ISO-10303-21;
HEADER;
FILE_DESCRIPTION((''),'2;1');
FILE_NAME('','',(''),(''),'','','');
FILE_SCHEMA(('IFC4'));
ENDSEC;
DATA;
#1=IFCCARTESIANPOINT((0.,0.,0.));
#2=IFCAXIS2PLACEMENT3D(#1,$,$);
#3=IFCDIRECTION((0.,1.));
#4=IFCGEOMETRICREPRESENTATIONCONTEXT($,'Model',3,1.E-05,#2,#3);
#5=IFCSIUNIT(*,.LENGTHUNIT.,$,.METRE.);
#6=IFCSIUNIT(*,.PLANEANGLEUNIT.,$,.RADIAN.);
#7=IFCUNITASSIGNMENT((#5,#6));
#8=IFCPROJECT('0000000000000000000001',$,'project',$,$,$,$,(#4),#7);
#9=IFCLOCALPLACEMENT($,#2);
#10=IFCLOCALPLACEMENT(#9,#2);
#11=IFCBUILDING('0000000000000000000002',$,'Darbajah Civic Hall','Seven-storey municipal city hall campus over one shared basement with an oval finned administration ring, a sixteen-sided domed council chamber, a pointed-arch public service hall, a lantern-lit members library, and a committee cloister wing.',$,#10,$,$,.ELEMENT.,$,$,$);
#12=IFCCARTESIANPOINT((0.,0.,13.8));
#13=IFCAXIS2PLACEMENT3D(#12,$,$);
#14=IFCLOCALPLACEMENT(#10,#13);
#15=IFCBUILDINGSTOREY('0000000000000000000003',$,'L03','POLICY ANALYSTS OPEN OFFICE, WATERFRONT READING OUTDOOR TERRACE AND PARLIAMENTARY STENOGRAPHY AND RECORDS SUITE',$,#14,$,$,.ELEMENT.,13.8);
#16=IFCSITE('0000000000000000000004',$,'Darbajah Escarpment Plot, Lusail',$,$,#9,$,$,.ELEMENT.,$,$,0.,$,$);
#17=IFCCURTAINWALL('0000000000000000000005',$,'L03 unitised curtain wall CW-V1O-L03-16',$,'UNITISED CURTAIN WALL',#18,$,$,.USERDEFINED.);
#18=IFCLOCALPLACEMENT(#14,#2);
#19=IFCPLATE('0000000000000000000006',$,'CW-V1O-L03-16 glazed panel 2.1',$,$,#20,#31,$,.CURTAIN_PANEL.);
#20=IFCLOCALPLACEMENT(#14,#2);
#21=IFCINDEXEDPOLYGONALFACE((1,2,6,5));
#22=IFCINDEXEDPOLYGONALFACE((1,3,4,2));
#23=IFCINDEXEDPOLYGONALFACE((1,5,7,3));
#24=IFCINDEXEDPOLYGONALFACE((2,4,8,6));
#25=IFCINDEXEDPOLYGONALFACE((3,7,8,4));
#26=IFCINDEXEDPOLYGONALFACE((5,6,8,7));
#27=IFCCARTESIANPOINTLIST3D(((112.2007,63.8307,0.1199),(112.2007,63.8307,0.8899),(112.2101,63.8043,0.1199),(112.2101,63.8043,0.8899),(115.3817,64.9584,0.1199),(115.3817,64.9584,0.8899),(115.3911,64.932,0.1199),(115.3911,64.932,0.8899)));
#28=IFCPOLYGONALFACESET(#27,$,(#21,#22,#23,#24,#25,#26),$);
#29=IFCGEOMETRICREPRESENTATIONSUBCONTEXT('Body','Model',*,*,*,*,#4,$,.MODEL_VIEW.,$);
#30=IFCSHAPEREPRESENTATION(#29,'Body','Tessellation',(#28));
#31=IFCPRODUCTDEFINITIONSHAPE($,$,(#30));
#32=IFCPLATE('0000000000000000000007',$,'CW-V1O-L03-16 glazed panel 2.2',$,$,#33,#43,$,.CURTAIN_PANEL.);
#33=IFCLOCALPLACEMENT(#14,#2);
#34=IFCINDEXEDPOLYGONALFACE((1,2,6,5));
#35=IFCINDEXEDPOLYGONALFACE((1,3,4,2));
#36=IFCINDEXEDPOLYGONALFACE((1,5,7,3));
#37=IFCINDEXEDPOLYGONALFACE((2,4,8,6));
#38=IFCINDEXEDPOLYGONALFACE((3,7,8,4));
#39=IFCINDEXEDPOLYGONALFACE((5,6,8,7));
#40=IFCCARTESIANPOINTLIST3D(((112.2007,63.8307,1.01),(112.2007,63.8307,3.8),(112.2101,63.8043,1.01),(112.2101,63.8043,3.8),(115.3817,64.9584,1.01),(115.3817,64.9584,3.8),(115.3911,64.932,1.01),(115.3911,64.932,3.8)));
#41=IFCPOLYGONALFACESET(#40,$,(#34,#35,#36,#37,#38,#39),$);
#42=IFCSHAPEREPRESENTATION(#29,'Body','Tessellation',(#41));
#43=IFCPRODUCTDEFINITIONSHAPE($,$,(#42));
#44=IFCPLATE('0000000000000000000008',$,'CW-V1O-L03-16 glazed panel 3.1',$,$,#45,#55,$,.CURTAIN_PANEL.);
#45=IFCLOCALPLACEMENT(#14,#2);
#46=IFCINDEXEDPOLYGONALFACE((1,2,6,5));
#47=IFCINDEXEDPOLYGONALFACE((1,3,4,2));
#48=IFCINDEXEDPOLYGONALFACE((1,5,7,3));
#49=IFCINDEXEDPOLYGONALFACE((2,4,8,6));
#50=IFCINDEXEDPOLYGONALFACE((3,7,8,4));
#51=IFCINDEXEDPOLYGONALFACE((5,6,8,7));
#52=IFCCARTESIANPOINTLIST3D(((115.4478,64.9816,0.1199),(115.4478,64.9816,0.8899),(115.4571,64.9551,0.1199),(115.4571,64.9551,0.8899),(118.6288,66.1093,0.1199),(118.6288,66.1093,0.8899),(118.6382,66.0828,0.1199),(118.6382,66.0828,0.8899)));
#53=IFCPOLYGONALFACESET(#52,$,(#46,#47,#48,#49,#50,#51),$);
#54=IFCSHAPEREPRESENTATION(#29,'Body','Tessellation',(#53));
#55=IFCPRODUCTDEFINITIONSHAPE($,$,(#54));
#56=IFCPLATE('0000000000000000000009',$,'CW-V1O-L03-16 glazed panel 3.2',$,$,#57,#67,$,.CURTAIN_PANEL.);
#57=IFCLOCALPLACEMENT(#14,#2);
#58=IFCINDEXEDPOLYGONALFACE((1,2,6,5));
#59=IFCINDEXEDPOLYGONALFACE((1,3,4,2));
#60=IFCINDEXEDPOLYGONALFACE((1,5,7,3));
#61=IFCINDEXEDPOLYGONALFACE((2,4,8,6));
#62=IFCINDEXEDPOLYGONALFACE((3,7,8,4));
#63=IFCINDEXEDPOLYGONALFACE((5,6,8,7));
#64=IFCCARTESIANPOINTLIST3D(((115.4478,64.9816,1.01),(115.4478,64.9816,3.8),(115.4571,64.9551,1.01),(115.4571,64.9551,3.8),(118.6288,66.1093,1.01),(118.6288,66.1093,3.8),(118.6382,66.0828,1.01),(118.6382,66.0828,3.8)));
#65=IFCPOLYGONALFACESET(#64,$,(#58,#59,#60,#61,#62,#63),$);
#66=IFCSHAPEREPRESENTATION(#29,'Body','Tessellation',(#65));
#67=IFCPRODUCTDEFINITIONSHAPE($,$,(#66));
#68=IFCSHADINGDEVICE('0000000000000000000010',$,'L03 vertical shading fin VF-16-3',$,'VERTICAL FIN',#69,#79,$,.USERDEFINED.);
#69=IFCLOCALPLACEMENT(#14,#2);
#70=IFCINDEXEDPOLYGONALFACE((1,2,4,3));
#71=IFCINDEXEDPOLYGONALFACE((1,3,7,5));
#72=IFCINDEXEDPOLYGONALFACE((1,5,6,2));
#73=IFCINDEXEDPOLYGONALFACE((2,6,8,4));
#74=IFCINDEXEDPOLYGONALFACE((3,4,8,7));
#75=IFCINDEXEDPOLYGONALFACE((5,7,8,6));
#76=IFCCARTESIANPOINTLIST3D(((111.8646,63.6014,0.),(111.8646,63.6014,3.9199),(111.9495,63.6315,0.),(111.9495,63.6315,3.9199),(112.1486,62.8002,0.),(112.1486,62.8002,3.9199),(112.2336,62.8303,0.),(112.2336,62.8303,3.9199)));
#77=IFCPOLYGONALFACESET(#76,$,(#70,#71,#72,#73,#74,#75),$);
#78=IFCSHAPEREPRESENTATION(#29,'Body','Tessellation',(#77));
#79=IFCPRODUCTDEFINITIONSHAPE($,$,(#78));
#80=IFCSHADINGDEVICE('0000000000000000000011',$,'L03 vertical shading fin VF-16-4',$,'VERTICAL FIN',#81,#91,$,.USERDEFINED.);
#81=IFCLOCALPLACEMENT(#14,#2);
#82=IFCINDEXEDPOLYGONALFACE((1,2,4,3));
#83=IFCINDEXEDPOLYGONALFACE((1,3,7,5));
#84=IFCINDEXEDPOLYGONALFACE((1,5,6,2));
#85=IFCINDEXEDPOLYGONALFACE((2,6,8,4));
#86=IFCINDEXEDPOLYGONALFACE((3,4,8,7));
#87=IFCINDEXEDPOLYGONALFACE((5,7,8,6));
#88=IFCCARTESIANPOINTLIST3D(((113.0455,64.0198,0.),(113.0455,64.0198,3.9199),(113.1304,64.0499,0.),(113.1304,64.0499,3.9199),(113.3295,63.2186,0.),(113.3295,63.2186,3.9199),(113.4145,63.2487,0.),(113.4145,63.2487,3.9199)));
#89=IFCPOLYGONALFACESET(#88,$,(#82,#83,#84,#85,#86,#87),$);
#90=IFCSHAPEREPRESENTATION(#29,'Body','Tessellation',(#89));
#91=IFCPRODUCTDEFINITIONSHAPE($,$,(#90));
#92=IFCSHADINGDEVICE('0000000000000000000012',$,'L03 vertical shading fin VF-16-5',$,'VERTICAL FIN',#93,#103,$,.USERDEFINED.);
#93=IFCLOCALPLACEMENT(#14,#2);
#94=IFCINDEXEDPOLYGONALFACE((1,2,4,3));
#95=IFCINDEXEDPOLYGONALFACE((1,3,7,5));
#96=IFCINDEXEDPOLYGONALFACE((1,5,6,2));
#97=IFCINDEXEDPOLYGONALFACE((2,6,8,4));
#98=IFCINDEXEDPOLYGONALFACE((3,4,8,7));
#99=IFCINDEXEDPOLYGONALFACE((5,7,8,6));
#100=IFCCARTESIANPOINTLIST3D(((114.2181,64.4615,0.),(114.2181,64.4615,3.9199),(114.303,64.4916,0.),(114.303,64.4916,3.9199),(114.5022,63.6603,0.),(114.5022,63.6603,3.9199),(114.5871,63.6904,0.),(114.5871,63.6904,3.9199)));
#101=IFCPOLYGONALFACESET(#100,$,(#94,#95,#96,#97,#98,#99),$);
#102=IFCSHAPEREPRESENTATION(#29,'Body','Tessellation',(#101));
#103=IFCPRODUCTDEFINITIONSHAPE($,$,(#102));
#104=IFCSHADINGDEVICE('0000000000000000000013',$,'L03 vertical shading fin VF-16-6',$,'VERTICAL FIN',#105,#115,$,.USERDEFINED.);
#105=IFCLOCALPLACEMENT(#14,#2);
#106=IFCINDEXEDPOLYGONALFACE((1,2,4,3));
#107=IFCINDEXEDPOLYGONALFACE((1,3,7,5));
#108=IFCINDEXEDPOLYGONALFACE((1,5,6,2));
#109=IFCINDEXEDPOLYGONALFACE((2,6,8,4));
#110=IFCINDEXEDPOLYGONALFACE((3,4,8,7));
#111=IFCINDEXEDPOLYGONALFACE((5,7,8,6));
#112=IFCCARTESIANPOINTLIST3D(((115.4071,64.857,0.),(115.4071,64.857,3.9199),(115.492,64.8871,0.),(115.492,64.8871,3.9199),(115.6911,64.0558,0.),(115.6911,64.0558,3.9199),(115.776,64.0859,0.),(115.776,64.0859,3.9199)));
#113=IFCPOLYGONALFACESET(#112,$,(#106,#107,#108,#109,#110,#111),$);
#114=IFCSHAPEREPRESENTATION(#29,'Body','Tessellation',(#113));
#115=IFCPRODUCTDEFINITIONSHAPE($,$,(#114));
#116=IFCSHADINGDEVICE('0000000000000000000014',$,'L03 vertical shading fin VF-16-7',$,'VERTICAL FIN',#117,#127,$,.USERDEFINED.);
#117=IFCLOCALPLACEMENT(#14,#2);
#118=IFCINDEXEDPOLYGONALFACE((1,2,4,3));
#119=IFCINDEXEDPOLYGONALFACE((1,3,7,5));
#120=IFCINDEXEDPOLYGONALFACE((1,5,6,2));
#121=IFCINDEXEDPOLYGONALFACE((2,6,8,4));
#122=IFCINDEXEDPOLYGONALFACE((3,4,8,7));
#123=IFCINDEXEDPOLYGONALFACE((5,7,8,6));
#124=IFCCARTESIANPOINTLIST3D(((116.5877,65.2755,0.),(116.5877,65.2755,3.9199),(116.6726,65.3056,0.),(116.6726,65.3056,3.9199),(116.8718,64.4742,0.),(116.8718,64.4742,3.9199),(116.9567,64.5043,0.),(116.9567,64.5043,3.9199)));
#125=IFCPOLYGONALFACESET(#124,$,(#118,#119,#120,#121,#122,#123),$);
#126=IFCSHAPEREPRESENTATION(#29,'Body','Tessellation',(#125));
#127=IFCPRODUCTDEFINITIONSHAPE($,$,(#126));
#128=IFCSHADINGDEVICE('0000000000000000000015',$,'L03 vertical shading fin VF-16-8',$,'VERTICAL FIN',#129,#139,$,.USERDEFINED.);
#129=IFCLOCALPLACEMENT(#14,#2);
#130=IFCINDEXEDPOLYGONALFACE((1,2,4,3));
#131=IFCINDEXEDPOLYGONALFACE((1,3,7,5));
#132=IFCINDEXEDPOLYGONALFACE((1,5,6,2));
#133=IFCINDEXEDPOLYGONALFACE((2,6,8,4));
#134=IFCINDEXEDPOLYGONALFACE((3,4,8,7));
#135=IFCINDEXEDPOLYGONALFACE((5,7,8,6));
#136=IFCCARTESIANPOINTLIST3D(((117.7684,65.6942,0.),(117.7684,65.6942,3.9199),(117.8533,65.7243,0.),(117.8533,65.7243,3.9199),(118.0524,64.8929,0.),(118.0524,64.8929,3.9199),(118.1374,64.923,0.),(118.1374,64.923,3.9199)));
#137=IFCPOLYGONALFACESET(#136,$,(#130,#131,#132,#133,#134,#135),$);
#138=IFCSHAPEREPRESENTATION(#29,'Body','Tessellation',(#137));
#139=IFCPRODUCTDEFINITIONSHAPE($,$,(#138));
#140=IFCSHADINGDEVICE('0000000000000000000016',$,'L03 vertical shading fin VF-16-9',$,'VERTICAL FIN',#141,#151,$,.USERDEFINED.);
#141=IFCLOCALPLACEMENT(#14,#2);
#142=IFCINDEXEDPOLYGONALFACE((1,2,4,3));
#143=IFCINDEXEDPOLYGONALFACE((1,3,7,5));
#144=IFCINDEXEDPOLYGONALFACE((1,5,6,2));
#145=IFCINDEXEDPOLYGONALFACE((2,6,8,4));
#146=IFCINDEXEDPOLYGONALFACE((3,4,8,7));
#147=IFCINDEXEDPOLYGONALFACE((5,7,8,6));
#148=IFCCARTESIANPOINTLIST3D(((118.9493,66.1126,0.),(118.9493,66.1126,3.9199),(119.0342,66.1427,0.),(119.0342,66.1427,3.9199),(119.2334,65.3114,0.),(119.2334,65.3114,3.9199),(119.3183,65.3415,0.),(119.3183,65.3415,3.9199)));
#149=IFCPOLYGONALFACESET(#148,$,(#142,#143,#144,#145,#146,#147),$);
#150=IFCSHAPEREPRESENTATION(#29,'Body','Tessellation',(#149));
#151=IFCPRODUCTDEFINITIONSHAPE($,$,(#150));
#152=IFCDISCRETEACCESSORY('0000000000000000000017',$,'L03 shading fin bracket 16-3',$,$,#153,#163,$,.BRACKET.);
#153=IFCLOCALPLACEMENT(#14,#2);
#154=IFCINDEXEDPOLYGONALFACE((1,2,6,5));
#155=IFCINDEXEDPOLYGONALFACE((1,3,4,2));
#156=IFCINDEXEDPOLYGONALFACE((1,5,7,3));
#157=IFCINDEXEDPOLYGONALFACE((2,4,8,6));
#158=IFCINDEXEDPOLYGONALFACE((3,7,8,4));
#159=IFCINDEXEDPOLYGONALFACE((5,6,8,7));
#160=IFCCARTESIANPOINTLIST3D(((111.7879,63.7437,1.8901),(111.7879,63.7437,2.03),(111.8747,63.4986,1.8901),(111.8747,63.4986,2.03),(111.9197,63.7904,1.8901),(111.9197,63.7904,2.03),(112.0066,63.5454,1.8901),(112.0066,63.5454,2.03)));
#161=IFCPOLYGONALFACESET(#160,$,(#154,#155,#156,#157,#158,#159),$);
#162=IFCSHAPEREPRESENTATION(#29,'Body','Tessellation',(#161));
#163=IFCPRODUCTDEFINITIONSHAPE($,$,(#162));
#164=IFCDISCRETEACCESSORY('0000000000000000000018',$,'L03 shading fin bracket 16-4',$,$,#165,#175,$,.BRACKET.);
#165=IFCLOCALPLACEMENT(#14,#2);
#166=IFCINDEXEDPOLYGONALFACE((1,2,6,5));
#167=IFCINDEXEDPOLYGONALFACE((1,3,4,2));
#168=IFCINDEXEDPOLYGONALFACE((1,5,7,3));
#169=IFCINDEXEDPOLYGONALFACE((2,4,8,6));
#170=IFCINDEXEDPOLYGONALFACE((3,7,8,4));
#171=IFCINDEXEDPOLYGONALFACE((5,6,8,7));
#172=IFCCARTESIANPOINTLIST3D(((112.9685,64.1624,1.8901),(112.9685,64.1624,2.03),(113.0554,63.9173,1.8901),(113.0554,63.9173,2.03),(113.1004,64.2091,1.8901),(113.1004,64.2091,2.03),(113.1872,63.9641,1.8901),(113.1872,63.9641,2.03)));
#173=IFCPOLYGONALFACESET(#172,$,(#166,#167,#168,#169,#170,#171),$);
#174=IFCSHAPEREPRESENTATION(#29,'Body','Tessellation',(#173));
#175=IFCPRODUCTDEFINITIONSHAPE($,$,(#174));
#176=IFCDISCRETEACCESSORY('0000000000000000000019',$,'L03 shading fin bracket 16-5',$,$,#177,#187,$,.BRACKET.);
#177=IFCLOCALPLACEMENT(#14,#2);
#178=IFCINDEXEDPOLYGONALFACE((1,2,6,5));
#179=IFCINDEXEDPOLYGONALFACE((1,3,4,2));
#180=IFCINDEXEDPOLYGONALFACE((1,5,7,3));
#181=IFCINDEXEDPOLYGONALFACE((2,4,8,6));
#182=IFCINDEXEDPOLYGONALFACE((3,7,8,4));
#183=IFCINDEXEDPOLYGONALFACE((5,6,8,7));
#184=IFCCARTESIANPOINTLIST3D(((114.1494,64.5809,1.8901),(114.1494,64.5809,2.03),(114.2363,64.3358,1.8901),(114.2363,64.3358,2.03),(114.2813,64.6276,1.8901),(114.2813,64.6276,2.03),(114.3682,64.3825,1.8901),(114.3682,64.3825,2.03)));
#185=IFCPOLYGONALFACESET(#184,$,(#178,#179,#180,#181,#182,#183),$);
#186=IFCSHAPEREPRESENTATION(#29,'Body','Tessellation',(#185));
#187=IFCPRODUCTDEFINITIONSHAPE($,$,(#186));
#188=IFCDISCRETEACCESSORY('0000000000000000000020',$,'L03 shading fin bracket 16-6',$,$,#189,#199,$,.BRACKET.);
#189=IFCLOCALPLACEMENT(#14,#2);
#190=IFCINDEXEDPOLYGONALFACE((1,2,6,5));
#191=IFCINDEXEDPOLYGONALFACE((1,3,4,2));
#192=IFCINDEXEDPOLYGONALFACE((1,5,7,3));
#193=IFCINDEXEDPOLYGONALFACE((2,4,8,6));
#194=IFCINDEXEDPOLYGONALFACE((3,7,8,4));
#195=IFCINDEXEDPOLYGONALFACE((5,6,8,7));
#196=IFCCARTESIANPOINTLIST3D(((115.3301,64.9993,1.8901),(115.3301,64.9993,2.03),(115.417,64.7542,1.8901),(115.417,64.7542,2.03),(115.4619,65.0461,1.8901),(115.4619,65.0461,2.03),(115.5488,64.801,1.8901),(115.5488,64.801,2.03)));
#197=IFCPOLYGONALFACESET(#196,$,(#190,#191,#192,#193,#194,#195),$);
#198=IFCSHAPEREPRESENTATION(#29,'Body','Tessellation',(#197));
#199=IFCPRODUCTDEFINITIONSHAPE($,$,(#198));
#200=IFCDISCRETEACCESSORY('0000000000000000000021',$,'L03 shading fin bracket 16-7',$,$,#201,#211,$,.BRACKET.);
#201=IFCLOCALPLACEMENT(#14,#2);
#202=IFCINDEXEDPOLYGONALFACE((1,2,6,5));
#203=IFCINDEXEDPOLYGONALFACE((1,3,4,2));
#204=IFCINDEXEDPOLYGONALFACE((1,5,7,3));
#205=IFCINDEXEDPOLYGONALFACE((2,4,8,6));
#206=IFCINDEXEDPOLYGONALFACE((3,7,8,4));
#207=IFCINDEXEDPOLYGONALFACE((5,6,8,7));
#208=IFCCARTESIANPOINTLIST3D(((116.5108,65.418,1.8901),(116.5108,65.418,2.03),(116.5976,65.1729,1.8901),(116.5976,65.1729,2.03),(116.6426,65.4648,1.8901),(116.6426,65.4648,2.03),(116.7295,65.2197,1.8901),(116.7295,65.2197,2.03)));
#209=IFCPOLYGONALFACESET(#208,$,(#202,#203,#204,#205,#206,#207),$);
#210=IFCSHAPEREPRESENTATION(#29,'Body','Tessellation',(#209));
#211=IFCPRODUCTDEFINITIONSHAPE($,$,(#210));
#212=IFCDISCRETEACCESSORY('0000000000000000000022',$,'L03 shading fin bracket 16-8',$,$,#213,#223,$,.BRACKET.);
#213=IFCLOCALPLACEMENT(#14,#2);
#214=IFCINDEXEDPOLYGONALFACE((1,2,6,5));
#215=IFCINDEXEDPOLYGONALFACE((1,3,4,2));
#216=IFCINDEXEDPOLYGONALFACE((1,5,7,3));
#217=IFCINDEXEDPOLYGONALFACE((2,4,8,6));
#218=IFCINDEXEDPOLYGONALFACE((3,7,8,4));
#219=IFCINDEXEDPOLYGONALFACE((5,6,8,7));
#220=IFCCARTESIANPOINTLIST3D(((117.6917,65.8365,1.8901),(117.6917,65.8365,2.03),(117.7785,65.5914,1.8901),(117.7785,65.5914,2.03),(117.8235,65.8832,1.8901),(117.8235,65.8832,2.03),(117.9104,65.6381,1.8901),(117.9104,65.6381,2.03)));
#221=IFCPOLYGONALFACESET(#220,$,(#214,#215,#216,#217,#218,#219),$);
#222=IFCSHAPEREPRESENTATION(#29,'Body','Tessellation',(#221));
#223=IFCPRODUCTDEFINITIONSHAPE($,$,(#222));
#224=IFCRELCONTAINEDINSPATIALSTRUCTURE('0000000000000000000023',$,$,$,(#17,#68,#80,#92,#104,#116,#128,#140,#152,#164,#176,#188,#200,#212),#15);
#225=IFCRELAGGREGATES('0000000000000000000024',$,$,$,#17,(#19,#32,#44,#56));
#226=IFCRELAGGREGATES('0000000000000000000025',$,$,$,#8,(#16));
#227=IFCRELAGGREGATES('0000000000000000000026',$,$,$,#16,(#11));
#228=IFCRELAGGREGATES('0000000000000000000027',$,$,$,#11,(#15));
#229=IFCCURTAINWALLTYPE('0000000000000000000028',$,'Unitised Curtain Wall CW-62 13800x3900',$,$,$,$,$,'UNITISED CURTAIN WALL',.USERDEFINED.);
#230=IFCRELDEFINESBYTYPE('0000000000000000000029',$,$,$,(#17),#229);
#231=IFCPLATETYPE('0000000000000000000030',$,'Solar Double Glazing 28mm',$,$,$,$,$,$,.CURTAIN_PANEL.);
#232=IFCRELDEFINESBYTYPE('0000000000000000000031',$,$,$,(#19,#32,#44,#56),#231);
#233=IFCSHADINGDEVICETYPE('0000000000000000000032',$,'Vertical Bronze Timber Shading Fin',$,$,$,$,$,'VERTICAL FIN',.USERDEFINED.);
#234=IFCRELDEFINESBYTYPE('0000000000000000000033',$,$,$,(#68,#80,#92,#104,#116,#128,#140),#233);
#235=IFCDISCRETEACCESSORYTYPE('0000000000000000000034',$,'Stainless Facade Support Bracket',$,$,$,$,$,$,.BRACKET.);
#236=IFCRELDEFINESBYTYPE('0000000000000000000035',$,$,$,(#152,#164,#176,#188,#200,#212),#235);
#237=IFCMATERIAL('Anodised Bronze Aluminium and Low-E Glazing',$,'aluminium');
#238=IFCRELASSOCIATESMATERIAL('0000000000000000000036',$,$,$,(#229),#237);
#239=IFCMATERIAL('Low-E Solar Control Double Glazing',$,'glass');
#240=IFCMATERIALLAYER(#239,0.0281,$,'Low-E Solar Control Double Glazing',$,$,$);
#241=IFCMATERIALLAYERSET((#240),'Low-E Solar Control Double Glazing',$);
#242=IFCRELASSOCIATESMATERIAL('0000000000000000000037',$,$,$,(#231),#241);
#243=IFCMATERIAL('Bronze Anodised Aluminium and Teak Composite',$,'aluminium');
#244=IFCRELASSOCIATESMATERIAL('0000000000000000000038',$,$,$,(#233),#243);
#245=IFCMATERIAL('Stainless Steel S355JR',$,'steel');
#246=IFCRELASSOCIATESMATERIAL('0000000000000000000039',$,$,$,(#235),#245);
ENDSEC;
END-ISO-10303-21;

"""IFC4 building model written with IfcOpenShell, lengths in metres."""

from ifc_helpers import new_model, si_unit, direction, frame, origin, origin_2d, place, context, subcontext, project, spatial, rectangle, extrude, material, layer, layer_set, type_object, element, aggregate, save


model = new_model("IFC4")

# Units and contexts
model_context = context("Model", 3, precision=1e-05, world=origin(), true_north=direction((0.0, 1.0)))
body_context = subcontext(model_context, "Body", "Model", "MODEL_VIEW")
ifc_project = project(units=[si_unit("LENGTHUNIT", "METRE"), si_unit("PLANEANGLEUNIT", "RADIAN")], contexts=[model_context])

# Site, building, storey
site_placement = place(None, origin())
site = spatial("IfcSite", under=ifc_project, at=site_placement, Name="Darbajah Escarpment Plot, Lusail", CompositionType="ELEMENT", RefElevation=0.0)
building_placement = place(site_placement, origin())
building = spatial("IfcBuilding", under=site, at=building_placement, Name="Darbajah Civic Hall", Description="Seven-storey municipal city hall campus over one shared basement with an oval finned administration ring, a sixteen-sided domed council chamber, a pointed-arch public service hall, a lantern-lit members library, and a committee cloister wing.", CompositionType="ELEMENT")
storey_placement = place(building_placement, frame((0.0, 0.0, 13.8)))
storey = spatial("IfcBuildingStorey", under=building, at=storey_placement, Name="L03", Description="POLICY ANALYSTS OPEN OFFICE, WATERFRONT READING OUTDOOR TERRACE AND PARLIAMENTARY STENOGRAPHY AND RECORDS SUITE", CompositionType="ELEMENT", Elevation=13.8)

# Curtain wall, plates
ifc_material_1 = material(Name="Anodised Bronze Aluminium and Low-E Glazing", Category="aluminium")
curtain_wall_type = type_object("IfcCurtainWallType", Name="Unitised Curtain Wall CW-62 13800x3900", ElementType="UNITISED CURTAIN WALL", PredefinedType="USERDEFINED", material=ifc_material_1)
curtain_wall_placement = place(storey_placement, origin())
curtain_wall = element("IfcCurtainWall", 1, at=curtain_wall_placement, inside=storey, type_object=curtain_wall_type, Name="L03 unitised curtain wall CW-V1O-L03-16", ObjectType="UNITISED CURTAIN WALL", PredefinedType="USERDEFINED")
ifc_material_2 = material(Name="Low-E Solar Control Double Glazing", Category="glass")
ifc_layer = layer(ifc_material_2, 0.0281, Name="Low-E Solar Control Double Glazing")
ifc_layer_set = layer_set([ifc_layer], Name="Low-E Solar Control Double Glazing")
plate_type = type_object("IfcPlateType", Name="Solar Double Glazing 28mm", PredefinedType="CURTAIN_PANEL", material=ifc_layer_set)
plate_1_placement = place(storey_placement, frame((113.7959, 64.3813, 0.1199), z_axis=(0.0, 0.0, 1.0), x_axis=(0.942525, 0.334136, 0.0)))
plate_1 = element("IfcPlate", 2, at=plate_1_placement, type_object=plate_type, Name="CW-V1O-L03-16 glazed panel 2.1", PredefinedType="CURTAIN_PANEL", context=body_context, shape_type="SweptSolid", body=[
    extrude(rectangle(XDim=3.375, YDim=0.0281, at=origin_2d()), origin(), (0.0, 0.0, 1.0), 0.77),
])
plate_2_placement = place(storey_placement, frame((113.7959, 64.3813, 1.01), z_axis=(0.0, 0.0, 1.0), x_axis=(0.942525, 0.334136, 0.0)))
plate_2 = element("IfcPlate", 3, at=plate_2_placement, type_object=plate_type, Name="CW-V1O-L03-16 glazed panel 2.2", PredefinedType="CURTAIN_PANEL", context=body_context, shape_type="SweptSolid", body=[
    extrude(rectangle(XDim=3.375, YDim=0.0281, at=origin_2d()), origin(), (0.0, 0.0, 1.0), 2.79),
])
plate_3_placement = place(storey_placement, frame((117.043, 65.5322, 0.1199), z_axis=(0.0, 0.0, 1.0), x_axis=(0.942525, 0.334136, 0.0)))
plate_3 = element("IfcPlate", 4, at=plate_3_placement, type_object=plate_type, Name="CW-V1O-L03-16 glazed panel 3.1", PredefinedType="CURTAIN_PANEL", context=body_context, shape_type="SweptSolid", body=[
    extrude(rectangle(XDim=3.375, YDim=0.0281, at=origin_2d()), origin(), (0.0, 0.0, 1.0), 0.77),
])
plate_4_placement = place(storey_placement, frame((117.043, 65.5322, 1.01), z_axis=(0.0, 0.0, 1.0), x_axis=(0.942525, 0.334136, 0.0)))
plate_4 = element("IfcPlate", 5, at=plate_4_placement, type_object=plate_type, Name="CW-V1O-L03-16 glazed panel 3.2", PredefinedType="CURTAIN_PANEL", context=body_context, shape_type="SweptSolid", body=[
    extrude(rectangle(XDim=3.375, YDim=0.0281, at=origin_2d()), origin(), (0.0, 0.0, 1.0), 2.79),
])
aggregate(curtain_wall, [plate_1, plate_2, plate_3, plate_4])

# Shading devices
ifc_material_3 = material(Name="Bronze Anodised Aluminium and Teak Composite", Category="aluminium")
shading_device_type = type_object("IfcShadingDeviceType", Name="Vertical Bronze Timber Shading Fin", ElementType="VERTICAL FIN", PredefinedType="USERDEFINED", material=ifc_material_3)
for number, where, z_axis, x_axis, name in (
    (6, (112.0491, 63.2158, 0.0), (0.0, 0.0, 1.0), (0.334136, -0.942525, 0.0), "L03 vertical shading fin VF-16-3"),
    (7, (113.23, 63.6343, 0.0), (0.0, 0.0, 1.0), (0.334136, -0.942525, 0.0), "L03 vertical shading fin VF-16-4"),
    (8, (114.4026, 64.0759, 0.0), (0.0, 0.0, 1.0), (0.334136, -0.942525, 0.0), "L03 vertical shading fin VF-16-5"),
    (9, (115.5916, 64.4714, 0.0), (0.0, 0.0, 1.0), (0.334136, -0.942525, 0.0), "L03 vertical shading fin VF-16-6"),
    (10, (116.7722, 64.8899, 0.0), (0.0, 0.0, 1.0), (0.334136, -0.942525, 0.0), "L03 vertical shading fin VF-16-7"),
    (11, (117.9529, 65.3086, 0.0), (0.0, 0.0, 1.0), (0.334136, -0.942525, 0.0), "L03 vertical shading fin VF-16-8"),
    (12, (119.1338, 65.7271, 0.0), (0.0, 0.0, 1.0), (0.334136, -0.942525, 0.0), "L03 vertical shading fin VF-16-9"),
):
    element("IfcShadingDevice", number, at=place(storey_placement, frame(where, z_axis=z_axis, x_axis=x_axis)), inside=storey, type_object=shading_device_type, Name=name, ObjectType="VERTICAL FIN", PredefinedType="USERDEFINED", context=body_context, shape_type="SweptSolid", body=[
        extrude(rectangle(XDim=0.8501, YDim=0.0901, at=origin_2d()), origin(), (0.0, 0.0, 1.0), 3.9199),
    ])

# Discrete accessories
ifc_material_4 = material(Name="Stainless Steel S355JR", Category="steel")
discrete_accessory_type = type_object("IfcDiscreteAccessoryType", Name="Stainless Facade Support Bracket", PredefinedType="BRACKET", material=ifc_material_4)
for number, where, z_axis, x_axis, name in (
    (13, (111.8972, 63.6445, 1.8901), (0.0, 0.0, 1.0), (0.334136, -0.942525, 0.0), "L03 shading fin bracket 16-3"),
    (14, (113.0779, 64.0632, 1.8901), (0.0, 0.0, 1.0), (0.334136, -0.942525, 0.0), "L03 shading fin bracket 16-4"),
    (15, (114.2588, 64.4817, 1.8901), (0.0, 0.0, 1.0), (0.334136, -0.942525, 0.0), "L03 shading fin bracket 16-5"),
    (16, (115.4395, 64.9001, 1.8901), (0.0, 0.0, 1.0), (0.334136, -0.942525, 0.0), "L03 shading fin bracket 16-6"),
    (17, (116.6201, 65.3188, 1.8901), (0.0, 0.0, 1.0), (0.334136, -0.942525, 0.0), "L03 shading fin bracket 16-7"),
    (18, (117.801, 65.7373, 1.8901), (0.0, 0.0, 1.0), (0.334136, -0.942525, 0.0), "L03 shading fin bracket 16-8"),
):
    element("IfcDiscreteAccessory", number, at=place(storey_placement, frame(where, z_axis=z_axis, x_axis=x_axis)), inside=storey, type_object=discrete_accessory_type, Name=name, PredefinedType="BRACKET", context=body_context, shape_type="SweptSolid", body=[
        extrude(rectangle(XDim=0.26, YDim=0.1399, at=origin_2d()), origin(), (0.0, 0.0, 1.0), 0.1399),
    ])

save(model, "model.ifc")
